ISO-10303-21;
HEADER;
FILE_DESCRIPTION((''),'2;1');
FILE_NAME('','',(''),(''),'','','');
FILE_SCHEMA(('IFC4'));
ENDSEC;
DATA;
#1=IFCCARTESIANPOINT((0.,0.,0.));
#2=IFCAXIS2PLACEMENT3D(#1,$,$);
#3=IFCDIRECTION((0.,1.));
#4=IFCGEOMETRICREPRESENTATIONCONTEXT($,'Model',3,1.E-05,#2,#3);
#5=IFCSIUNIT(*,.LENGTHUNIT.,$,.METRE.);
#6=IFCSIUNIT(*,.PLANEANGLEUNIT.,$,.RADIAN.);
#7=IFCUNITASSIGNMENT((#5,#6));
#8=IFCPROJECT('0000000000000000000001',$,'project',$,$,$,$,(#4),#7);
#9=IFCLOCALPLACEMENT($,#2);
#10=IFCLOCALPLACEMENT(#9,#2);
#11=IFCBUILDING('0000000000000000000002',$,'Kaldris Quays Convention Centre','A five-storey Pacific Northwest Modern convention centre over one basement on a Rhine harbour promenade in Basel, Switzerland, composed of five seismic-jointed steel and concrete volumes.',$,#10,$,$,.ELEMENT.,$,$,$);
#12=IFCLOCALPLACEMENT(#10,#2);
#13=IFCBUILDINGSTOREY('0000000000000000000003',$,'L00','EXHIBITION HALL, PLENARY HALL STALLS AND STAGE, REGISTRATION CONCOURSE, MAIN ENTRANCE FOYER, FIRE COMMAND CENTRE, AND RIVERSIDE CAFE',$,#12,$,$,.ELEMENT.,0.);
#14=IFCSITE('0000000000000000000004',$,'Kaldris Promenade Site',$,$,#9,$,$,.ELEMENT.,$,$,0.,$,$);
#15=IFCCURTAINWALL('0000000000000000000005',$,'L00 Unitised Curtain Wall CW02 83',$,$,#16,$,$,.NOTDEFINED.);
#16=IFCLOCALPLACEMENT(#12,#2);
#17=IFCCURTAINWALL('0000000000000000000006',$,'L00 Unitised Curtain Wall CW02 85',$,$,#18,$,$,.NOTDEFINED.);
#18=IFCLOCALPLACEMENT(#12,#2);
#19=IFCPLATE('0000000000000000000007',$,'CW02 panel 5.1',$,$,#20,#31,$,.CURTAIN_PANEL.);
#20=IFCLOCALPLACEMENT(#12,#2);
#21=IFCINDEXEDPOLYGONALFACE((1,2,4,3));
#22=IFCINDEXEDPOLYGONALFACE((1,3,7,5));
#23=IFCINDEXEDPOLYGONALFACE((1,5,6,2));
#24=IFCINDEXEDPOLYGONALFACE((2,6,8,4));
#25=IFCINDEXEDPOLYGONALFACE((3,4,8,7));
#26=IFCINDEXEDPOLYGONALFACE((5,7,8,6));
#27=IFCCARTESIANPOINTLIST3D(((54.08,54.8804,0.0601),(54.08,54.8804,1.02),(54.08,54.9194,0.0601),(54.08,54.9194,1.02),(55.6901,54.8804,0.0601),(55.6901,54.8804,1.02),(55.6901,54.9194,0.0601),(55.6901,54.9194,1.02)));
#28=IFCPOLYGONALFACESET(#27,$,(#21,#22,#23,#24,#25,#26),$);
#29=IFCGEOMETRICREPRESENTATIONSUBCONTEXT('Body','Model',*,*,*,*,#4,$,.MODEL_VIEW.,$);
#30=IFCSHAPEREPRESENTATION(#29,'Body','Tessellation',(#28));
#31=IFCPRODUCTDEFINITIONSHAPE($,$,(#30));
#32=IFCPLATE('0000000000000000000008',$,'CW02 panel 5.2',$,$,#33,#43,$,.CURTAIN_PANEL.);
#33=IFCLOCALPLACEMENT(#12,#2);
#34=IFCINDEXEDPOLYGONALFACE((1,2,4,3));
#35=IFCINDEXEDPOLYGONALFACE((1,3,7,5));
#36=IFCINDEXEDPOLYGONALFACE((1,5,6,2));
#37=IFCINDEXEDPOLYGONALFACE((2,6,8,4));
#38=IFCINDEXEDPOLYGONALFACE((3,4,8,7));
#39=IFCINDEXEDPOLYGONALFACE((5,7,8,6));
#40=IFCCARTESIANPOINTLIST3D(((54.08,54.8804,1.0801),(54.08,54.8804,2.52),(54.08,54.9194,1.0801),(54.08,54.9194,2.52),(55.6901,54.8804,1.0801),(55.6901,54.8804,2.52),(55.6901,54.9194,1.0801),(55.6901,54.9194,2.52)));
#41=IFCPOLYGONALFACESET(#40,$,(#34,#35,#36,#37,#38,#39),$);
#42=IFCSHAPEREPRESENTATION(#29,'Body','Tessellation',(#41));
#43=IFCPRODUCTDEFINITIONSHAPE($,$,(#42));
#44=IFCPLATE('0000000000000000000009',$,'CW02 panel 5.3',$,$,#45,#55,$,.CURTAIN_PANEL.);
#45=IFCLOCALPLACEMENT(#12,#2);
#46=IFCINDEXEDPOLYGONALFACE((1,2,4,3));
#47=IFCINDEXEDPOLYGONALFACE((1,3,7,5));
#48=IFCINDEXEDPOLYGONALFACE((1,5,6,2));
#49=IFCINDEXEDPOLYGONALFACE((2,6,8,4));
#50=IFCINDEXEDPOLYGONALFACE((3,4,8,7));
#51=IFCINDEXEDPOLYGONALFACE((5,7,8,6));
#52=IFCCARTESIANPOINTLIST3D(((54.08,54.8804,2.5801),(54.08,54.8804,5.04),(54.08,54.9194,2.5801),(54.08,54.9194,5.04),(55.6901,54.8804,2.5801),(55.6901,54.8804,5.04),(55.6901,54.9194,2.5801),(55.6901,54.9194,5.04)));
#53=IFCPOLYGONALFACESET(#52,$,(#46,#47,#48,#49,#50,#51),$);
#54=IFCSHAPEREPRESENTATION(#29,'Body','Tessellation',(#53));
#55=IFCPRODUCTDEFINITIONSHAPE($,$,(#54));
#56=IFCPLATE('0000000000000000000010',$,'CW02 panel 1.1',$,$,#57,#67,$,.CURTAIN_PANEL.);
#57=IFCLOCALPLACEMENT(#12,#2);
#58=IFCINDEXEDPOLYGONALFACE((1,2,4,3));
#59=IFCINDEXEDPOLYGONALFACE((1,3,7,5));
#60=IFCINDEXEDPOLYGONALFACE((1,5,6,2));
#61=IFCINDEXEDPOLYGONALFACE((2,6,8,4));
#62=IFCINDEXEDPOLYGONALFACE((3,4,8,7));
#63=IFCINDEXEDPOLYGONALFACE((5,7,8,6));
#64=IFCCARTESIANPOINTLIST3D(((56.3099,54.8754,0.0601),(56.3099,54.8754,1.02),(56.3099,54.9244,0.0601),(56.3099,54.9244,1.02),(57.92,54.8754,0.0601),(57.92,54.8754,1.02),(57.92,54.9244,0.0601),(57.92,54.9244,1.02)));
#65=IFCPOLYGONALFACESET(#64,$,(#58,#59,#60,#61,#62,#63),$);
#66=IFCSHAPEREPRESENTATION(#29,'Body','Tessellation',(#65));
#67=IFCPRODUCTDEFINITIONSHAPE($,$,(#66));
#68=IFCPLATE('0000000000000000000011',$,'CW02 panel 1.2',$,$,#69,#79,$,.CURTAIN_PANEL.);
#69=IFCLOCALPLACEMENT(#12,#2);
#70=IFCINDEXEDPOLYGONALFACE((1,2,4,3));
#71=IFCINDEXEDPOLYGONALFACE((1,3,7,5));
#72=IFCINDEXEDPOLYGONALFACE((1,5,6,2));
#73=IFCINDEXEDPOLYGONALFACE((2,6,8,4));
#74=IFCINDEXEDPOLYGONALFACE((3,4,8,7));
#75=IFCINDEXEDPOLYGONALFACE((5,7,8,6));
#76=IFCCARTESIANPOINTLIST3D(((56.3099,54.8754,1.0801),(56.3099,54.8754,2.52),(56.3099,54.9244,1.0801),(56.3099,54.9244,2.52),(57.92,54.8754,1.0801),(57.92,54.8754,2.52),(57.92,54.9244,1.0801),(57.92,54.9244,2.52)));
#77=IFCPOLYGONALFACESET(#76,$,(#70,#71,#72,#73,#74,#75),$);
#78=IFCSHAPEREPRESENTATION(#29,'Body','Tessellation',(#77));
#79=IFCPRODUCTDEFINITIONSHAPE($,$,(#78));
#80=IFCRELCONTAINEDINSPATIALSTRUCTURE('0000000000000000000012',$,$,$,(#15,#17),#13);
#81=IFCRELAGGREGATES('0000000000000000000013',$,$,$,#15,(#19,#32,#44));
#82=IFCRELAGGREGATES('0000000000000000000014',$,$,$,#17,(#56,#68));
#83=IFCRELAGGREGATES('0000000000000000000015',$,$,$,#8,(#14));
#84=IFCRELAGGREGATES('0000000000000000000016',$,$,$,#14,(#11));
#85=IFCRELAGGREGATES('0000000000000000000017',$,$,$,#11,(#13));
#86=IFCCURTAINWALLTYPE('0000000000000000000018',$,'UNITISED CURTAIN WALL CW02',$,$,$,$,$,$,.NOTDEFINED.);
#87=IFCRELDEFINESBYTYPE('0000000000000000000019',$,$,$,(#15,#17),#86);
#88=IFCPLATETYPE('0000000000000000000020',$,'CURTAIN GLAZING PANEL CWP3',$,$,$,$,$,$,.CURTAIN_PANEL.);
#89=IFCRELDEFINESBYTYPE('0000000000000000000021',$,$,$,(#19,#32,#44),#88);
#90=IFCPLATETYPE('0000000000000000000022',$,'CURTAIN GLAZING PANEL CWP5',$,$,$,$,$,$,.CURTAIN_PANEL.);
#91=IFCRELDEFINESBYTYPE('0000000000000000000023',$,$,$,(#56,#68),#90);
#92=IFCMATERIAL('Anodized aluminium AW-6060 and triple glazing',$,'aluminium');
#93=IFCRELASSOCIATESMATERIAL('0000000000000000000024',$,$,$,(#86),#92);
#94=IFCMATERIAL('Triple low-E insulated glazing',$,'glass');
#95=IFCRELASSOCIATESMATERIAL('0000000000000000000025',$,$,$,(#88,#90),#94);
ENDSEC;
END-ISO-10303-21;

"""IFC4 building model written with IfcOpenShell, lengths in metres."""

from ifc_helpers import new_model, si_unit, direction, frame, origin, origin_2d, place, context, subcontext, project, spatial, rectangle, extrude, material, type_object, element, aggregate, save


model = new_model("IFC4")

# Units and contexts
model_context = context("Model", 3, precision=1e-05, world=origin(), true_north=direction((0.0, 1.0)))
body_context = subcontext(model_context, "Body", "Model", "MODEL_VIEW")
ifc_project = project(units=[si_unit("LENGTHUNIT", "METRE"), si_unit("PLANEANGLEUNIT", "RADIAN")], contexts=[model_context])

# Site, building, storey
site_placement = place(None, origin())
site = spatial("IfcSite", under=ifc_project, at=site_placement, Name="Kaldris Promenade Site", CompositionType="ELEMENT", RefElevation=0.0)
building_placement = place(site_placement, origin())
building = spatial("IfcBuilding", under=site, at=building_placement, Name="Kaldris Quays Convention Centre", Description="A five-storey Pacific Northwest Modern convention centre over one basement on a Rhine harbour promenade in Basel, Switzerland, composed of five seismic-jointed steel and concrete volumes.", CompositionType="ELEMENT")
storey_placement = place(building_placement, origin())
storey = spatial("IfcBuildingStorey", under=building, at=storey_placement, Name="L00", Description="EXHIBITION HALL, PLENARY HALL STALLS AND STAGE, REGISTRATION CONCOURSE, MAIN ENTRANCE FOYER, FIRE COMMAND CENTRE, AND RIVERSIDE CAFE", CompositionType="ELEMENT", Elevation=0.0)

# Curtain wall
ifc_material_1 = material(Name="Anodized aluminium AW-6060 and triple glazing", Category="aluminium")
curtain_wall_type = type_object("IfcCurtainWallType", Name="UNITISED CURTAIN WALL CW02", PredefinedType="NOTDEFINED", material=ifc_material_1)
curtain_wall_1_placement = place(storey_placement, origin())
curtain_wall_1 = element("IfcCurtainWall", 1, at=curtain_wall_1_placement, inside=storey, type_object=curtain_wall_type, Name="L00 Unitised Curtain Wall CW02 83", PredefinedType="NOTDEFINED")

# Curtain wall
curtain_wall_2_placement = place(storey_placement, origin())
curtain_wall_2 = element("IfcCurtainWall", 2, at=curtain_wall_2_placement, inside=storey, type_object=curtain_wall_type, Name="L00 Unitised Curtain Wall CW02 85", PredefinedType="NOTDEFINED")

# Plates
ifc_material_2 = material(Name="Triple low-E insulated glazing", Category="glass")
plate_type_1 = type_object("IfcPlateType", Name="CURTAIN GLAZING PANEL CWP3", PredefinedType="CURTAIN_PANEL", material=ifc_material_2)
plate_1_placement = place(storey_placement, frame((54.885, 54.8999, 0.0601), z_axis=(0.0, 0.0, 1.0), x_axis=(1.0, 0.0, 0.0)))
plate_1 = element("IfcPlate", 3, at=plate_1_placement, type_object=plate_type_1, Name="CW02 panel 5.1", PredefinedType="CURTAIN_PANEL", context=body_context, shape_type="SweptSolid", body=[
    extrude(rectangle(XDim=1.6101, YDim=0.0391, at=origin_2d()), origin(), (0.0, 0.0, 1.0), 0.96),
])
plate_2_placement = place(storey_placement, frame((54.885, 54.8999, 1.0801), z_axis=(0.0, 0.0, 1.0), x_axis=(1.0, 0.0, 0.0)))
plate_2 = element("IfcPlate", 4, at=plate_2_placement, type_object=plate_type_1, Name="CW02 panel 5.2", PredefinedType="CURTAIN_PANEL", context=body_context, shape_type="SweptSolid", body=[
    extrude(rectangle(XDim=1.6101, YDim=0.0391, at=origin_2d()), origin(), (0.0, 0.0, 1.0), 1.4399),
])
plate_3_placement = place(storey_placement, frame((54.885, 54.8999, 2.5801), z_axis=(0.0, 0.0, 1.0), x_axis=(1.0, 0.0, 0.0)))
plate_3 = element("IfcPlate", 5, at=plate_3_placement, type_object=plate_type_1, Name="CW02 panel 5.3", PredefinedType="CURTAIN_PANEL", context=body_context, shape_type="SweptSolid", body=[
    extrude(rectangle(XDim=1.6101, YDim=0.0391, at=origin_2d()), origin(), (0.0, 0.0, 1.0), 2.46),
])
aggregate(curtain_wall_1, [plate_1, plate_2, plate_3])
plate_type_2 = type_object("IfcPlateType", Name="CURTAIN GLAZING PANEL CWP5", PredefinedType="CURTAIN_PANEL", material=ifc_material_2)
plate_4_placement = place(storey_placement, frame((57.115, 54.8999, 0.0601), z_axis=(0.0, 0.0, 1.0), x_axis=(1.0, 0.0, 0.0)))
plate_4 = element("IfcPlate", 6, at=plate_4_placement, type_object=plate_type_2, Name="CW02 panel 1.1", PredefinedType="CURTAIN_PANEL", context=body_context, shape_type="SweptSolid", body=[
    extrude(rectangle(XDim=1.6101, YDim=0.0491, at=origin_2d()), origin(), (0.0, 0.0, 1.0), 0.96),
])
plate_5_placement = place(storey_placement, frame((57.115, 54.8999, 1.0801), z_axis=(0.0, 0.0, 1.0), x_axis=(1.0, 0.0, 0.0)))
plate_5 = element("IfcPlate", 7, at=plate_5_placement, type_object=plate_type_2, Name="CW02 panel 1.2", PredefinedType="CURTAIN_PANEL", context=body_context, shape_type="SweptSolid", body=[
    extrude(rectangle(XDim=1.6101, YDim=0.0491, at=origin_2d()), origin(), (0.0, 0.0, 1.0), 1.4399),
])
aggregate(curtain_wall_2, [plate_4, plate_5])

save(model, "model.ifc")
